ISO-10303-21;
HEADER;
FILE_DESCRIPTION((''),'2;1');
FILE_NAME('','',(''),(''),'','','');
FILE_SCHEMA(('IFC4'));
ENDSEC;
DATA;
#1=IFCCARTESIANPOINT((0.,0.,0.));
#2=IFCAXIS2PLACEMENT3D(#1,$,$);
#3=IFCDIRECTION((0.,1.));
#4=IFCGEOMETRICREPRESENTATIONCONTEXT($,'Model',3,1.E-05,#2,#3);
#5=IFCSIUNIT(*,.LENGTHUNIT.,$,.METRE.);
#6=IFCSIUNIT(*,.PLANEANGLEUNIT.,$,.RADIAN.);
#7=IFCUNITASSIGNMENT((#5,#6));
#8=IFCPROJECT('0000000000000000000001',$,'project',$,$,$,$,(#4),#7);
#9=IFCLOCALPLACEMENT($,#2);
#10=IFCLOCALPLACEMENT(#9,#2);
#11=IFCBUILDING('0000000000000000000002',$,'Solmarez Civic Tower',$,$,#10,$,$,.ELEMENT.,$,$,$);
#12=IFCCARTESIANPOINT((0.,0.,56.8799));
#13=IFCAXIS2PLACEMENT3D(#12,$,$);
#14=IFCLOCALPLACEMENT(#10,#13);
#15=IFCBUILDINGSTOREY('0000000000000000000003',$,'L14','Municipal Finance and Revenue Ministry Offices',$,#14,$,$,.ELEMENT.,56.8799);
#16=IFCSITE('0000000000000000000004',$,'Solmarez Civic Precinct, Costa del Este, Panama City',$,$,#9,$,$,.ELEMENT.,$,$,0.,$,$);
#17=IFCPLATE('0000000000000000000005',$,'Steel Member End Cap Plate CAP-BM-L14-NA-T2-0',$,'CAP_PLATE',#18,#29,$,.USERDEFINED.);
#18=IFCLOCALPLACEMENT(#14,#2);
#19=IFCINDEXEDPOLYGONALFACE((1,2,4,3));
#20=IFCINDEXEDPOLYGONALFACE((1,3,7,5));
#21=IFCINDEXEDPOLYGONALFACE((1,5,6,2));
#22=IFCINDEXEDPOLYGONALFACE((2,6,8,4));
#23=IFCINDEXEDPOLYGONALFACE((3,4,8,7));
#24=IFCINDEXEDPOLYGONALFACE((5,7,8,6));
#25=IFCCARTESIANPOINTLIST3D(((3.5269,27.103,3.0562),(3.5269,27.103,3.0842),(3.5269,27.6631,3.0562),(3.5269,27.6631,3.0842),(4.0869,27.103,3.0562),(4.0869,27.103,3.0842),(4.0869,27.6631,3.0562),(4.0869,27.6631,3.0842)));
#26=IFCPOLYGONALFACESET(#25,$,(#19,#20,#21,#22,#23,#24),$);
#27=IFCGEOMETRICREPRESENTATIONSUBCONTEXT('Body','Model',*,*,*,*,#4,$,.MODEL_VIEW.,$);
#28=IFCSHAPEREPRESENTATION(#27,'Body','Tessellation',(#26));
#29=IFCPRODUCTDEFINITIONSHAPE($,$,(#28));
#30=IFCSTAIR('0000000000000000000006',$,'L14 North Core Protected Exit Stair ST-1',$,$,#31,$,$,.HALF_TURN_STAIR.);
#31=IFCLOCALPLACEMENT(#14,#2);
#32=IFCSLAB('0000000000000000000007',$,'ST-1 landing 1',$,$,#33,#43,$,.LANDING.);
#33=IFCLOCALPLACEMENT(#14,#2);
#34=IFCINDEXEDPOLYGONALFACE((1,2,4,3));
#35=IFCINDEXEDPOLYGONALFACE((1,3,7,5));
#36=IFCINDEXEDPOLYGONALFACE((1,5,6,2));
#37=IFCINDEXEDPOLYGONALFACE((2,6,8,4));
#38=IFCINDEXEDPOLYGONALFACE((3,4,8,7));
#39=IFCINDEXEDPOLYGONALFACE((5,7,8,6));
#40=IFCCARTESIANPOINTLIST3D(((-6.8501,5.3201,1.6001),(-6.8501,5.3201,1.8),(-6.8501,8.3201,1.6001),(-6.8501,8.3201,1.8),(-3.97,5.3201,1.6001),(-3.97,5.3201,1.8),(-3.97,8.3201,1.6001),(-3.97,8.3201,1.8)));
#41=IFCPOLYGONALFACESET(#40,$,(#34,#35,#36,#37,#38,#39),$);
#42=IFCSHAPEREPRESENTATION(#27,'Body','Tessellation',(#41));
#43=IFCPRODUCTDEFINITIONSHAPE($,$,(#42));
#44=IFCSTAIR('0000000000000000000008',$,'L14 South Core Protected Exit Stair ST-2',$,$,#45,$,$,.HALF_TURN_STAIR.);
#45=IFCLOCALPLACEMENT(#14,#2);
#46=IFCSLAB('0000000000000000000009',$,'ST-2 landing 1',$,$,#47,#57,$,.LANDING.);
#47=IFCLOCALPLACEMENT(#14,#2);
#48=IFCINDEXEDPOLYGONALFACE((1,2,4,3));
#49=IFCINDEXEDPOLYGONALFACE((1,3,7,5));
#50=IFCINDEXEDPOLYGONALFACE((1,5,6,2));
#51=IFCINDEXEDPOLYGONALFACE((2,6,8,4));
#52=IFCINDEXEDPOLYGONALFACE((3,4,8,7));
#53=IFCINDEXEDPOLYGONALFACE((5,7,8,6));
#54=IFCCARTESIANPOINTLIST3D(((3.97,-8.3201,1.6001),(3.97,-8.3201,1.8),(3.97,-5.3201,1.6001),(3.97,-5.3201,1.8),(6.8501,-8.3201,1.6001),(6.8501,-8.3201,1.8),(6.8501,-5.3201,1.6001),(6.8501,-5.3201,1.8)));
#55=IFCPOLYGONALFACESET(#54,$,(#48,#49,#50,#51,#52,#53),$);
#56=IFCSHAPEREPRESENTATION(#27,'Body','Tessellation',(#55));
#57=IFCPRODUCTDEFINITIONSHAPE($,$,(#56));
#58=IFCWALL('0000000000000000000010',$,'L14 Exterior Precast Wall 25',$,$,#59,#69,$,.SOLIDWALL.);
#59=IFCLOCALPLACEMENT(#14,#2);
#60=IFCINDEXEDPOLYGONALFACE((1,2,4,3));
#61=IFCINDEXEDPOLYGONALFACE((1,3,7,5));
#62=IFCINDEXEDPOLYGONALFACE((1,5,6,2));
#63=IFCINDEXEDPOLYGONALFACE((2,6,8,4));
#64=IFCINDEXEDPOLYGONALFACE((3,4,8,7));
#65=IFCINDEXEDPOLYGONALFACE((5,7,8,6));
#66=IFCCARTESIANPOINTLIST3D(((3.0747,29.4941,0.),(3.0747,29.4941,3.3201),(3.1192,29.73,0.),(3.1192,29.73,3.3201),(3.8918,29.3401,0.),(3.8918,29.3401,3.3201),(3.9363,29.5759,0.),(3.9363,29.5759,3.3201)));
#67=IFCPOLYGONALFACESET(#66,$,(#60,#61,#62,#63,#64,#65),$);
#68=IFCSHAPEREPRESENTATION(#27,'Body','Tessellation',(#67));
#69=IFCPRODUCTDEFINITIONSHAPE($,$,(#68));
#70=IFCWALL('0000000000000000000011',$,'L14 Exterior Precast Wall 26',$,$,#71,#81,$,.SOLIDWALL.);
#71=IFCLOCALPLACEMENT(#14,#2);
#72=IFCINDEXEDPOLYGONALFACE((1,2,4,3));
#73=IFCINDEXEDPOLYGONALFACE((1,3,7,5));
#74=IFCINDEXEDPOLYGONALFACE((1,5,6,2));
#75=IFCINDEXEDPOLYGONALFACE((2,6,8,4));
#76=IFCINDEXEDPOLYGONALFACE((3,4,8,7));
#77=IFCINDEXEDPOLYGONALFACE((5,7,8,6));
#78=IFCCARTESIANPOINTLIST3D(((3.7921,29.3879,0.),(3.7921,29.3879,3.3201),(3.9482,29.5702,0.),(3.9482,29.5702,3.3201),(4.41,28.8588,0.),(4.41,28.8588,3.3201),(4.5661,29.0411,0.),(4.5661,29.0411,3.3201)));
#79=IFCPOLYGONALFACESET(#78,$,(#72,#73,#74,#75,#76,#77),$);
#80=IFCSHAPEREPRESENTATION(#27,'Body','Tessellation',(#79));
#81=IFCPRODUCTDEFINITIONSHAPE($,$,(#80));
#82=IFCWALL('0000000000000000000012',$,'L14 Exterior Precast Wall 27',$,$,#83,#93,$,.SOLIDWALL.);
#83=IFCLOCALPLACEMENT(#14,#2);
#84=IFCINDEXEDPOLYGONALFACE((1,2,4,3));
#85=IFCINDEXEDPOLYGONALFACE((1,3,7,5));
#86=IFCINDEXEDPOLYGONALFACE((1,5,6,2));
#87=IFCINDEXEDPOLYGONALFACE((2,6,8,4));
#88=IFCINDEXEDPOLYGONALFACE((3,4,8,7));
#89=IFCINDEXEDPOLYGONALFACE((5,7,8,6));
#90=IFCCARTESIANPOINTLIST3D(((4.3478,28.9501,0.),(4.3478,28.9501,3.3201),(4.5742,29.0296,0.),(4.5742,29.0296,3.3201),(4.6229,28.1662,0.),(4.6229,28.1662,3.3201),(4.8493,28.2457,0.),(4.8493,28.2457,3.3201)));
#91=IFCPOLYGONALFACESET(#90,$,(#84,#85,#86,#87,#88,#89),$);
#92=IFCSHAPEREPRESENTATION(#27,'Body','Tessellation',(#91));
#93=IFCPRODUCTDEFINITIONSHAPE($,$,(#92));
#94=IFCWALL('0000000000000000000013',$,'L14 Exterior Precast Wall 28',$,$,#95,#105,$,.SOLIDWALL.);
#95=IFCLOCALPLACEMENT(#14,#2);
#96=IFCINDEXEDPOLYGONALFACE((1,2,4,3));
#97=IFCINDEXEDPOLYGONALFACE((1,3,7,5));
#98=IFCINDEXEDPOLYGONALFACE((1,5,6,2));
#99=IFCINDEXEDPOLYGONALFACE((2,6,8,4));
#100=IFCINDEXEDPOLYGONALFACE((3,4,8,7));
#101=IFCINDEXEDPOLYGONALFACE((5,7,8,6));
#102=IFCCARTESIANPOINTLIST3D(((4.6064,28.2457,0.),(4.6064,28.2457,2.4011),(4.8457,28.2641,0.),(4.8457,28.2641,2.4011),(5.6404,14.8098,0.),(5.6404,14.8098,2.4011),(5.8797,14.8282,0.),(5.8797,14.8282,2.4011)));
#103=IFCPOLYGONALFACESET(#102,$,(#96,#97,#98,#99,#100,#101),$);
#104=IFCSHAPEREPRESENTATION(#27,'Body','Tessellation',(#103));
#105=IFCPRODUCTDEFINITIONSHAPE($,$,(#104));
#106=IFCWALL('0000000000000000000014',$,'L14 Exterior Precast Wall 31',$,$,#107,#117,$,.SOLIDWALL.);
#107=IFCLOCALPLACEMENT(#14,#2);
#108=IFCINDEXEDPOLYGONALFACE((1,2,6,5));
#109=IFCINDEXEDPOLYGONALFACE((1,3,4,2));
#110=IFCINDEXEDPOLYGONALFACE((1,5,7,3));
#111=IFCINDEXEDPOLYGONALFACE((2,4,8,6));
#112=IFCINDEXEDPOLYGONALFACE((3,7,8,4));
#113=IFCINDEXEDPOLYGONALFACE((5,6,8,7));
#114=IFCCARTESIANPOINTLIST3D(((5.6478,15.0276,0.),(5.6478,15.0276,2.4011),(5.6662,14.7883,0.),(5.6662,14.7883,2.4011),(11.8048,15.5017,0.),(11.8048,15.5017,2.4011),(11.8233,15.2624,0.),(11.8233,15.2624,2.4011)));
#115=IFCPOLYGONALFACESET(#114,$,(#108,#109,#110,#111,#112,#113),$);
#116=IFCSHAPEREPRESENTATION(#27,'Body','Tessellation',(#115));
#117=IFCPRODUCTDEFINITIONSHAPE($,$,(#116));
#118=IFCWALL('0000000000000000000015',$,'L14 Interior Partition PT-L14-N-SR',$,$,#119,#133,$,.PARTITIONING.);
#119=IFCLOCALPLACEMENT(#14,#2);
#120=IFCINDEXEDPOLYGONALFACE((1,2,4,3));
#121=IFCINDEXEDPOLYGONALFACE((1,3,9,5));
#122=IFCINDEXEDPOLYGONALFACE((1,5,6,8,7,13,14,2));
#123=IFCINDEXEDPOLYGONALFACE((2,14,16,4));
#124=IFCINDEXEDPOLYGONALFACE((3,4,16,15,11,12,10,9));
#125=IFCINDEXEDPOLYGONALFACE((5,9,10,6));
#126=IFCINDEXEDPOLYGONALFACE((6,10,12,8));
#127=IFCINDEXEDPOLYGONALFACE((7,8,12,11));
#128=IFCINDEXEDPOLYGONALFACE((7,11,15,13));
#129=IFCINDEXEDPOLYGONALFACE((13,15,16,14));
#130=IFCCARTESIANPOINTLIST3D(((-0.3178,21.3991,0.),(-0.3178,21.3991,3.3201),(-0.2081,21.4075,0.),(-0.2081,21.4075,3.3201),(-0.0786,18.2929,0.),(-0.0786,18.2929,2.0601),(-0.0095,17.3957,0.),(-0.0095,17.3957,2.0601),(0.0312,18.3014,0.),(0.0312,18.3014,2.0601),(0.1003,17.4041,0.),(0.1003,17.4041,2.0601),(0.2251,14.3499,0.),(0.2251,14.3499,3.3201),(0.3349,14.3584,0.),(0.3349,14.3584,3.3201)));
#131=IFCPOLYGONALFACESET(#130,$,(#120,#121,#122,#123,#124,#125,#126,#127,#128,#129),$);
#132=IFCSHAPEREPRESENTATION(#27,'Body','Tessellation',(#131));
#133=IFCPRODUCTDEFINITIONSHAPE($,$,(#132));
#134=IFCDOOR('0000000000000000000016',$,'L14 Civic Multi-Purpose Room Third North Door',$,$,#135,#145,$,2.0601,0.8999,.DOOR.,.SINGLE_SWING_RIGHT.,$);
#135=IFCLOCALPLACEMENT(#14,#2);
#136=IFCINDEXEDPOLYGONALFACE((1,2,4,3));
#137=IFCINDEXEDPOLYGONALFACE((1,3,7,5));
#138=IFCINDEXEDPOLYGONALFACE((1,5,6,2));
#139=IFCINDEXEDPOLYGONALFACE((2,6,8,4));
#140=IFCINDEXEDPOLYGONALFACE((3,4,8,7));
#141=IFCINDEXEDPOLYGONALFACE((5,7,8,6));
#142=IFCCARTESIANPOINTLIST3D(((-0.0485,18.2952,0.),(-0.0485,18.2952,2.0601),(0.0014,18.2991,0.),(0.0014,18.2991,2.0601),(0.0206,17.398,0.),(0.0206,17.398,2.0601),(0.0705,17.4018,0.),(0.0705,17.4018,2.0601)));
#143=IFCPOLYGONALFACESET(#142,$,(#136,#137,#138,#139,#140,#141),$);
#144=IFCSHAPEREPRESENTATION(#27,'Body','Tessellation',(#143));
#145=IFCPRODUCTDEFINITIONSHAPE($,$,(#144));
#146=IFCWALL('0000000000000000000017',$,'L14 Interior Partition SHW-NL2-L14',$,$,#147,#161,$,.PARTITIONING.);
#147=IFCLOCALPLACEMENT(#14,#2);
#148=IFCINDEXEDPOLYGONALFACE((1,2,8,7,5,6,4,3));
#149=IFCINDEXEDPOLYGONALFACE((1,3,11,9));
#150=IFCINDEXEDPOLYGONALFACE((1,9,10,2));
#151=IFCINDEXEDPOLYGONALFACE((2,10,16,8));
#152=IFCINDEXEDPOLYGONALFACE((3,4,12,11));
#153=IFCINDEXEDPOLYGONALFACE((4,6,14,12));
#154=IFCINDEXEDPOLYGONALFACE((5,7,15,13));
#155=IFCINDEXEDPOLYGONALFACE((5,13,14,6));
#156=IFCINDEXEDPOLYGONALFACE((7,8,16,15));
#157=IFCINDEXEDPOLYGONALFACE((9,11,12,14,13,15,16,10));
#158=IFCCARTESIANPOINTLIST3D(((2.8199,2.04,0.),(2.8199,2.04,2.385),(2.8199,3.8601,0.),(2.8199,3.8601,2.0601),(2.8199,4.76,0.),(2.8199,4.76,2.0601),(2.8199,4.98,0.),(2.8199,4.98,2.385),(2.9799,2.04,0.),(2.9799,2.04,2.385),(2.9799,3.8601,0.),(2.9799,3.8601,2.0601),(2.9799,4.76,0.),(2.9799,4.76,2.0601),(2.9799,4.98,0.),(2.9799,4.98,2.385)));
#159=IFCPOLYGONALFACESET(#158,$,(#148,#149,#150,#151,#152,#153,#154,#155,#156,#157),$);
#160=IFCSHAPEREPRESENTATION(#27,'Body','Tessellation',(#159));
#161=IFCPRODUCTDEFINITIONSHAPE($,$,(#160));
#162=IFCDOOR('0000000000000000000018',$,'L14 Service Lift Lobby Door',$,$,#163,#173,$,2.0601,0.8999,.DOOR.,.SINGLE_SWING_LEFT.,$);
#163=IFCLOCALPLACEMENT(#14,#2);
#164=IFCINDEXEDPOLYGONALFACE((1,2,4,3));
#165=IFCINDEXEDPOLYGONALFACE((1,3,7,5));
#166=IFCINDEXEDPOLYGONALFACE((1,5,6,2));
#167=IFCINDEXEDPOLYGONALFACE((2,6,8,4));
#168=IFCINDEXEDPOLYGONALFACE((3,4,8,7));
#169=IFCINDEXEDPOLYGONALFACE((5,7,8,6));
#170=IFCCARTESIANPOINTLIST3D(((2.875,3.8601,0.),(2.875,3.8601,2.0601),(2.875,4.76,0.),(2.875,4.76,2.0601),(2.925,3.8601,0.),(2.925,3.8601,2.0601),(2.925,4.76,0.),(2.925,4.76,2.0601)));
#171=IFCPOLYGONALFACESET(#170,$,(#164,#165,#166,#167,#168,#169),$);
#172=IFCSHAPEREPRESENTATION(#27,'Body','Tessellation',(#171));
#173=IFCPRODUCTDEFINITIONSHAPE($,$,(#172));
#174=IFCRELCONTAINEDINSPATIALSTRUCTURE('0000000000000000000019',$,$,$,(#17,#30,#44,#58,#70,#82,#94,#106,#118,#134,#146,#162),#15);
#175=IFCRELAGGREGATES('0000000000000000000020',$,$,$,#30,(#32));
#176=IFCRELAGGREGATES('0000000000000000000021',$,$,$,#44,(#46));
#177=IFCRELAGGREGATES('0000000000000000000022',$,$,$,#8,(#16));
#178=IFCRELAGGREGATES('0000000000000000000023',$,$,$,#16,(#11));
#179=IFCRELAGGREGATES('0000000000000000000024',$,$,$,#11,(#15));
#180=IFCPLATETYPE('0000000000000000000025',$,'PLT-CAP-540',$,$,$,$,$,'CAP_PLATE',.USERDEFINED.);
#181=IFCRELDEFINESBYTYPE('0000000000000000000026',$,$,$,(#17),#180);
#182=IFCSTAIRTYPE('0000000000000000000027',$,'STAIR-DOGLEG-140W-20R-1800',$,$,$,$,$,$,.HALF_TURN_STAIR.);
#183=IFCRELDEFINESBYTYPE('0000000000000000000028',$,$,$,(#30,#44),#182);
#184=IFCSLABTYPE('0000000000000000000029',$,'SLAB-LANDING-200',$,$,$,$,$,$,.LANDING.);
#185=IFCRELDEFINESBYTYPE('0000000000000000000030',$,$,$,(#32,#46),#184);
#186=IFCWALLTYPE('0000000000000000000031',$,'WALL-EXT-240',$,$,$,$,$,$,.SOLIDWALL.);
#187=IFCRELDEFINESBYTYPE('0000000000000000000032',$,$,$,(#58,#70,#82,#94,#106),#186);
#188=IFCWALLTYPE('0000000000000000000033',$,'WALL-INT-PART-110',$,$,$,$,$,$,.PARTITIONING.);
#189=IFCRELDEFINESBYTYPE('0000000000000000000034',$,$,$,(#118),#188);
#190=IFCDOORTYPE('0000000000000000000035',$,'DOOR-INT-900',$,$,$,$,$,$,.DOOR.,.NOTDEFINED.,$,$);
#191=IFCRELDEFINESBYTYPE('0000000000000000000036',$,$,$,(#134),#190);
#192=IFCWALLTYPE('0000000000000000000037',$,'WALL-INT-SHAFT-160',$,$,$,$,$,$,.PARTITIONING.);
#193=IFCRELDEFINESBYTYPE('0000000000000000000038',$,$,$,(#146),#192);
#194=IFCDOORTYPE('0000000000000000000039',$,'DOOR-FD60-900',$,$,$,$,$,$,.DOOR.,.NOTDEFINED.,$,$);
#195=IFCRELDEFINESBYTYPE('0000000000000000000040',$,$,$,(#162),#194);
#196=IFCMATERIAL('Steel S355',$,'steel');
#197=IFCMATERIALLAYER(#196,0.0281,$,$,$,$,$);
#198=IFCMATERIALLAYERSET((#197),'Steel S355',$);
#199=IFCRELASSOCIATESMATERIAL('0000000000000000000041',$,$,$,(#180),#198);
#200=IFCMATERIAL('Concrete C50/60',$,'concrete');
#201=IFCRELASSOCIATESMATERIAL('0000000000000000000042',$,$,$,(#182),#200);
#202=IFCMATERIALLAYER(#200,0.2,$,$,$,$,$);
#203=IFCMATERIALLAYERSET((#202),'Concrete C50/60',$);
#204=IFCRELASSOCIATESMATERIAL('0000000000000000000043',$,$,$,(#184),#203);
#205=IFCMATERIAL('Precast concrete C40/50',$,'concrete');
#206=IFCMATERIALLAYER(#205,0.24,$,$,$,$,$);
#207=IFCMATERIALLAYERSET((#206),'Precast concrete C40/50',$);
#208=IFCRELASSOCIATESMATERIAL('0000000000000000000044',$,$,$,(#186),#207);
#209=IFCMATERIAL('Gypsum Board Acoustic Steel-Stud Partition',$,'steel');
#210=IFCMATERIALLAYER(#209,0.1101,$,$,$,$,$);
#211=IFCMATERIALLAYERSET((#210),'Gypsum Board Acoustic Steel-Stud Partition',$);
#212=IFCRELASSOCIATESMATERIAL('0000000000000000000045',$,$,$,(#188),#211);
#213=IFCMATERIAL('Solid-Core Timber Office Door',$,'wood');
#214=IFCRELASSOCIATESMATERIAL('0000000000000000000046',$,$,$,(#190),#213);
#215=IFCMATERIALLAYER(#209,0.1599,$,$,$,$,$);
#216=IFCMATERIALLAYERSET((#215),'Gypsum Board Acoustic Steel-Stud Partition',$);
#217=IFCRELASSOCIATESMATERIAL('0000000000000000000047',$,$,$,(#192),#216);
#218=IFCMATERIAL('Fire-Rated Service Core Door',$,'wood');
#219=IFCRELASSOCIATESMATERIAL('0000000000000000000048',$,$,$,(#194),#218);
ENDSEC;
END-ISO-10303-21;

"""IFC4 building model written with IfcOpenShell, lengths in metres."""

from ifc_helpers import new_model, si_unit, direction, frame, frame_2d, origin, origin_2d, place, context, subcontext, project, spatial, polyline, rectangle, outline, extrude, material, layer, layer_set, type_object, element, fill, aggregate, save


model = new_model("IFC4")

# Units and contexts
model_context = context("Model", 3, precision=1e-05, world=origin(), true_north=direction((0.0, 1.0)))
body_context = subcontext(model_context, "Body", "Model", "MODEL_VIEW")
ifc_project = project(units=[si_unit("LENGTHUNIT", "METRE"), si_unit("PLANEANGLEUNIT", "RADIAN")], contexts=[model_context])

# Site, building, storey
site_placement = place(None, origin())
site = spatial("IfcSite", under=ifc_project, at=site_placement, Name="Solmarez Civic Precinct, Costa del Este, Panama City", CompositionType="ELEMENT", RefElevation=0.0)
building_placement = place(site_placement, origin())
building = spatial("IfcBuilding", under=site, at=building_placement, Name="Solmarez Civic Tower", CompositionType="ELEMENT")
storey_placement = place(building_placement, frame((0.0, 0.0, 56.8799)))
storey = spatial("IfcBuildingStorey", under=building, at=storey_placement, Name="L14", Description="Municipal Finance and Revenue Ministry Offices", CompositionType="ELEMENT", Elevation=56.8799)

# Shared definitions
ifc_material_1 = material(Name="Steel S355", Category="steel")

# Plate
ifc_layer_1 = layer(ifc_material_1, 0.0281)
ifc_layer_set_1 = layer_set([ifc_layer_1], Name="Steel S355")
plate_type_1 = type_object("IfcPlateType", Name="PLT-CAP-540", ElementType="CAP_PLATE", PredefinedType="USERDEFINED", material=ifc_layer_set_1)
plate_placement = place(storey_placement, frame((3.8069, 27.3831, 3.0562), z_axis=(0.0, 0.0, 1.0), x_axis=(1.0, 0.0, 0.0)))
element("IfcPlate", 1, at=plate_placement, inside=storey, type_object=plate_type_1, Name="Steel Member End Cap Plate CAP-BM-L14-NA-T2-0", ObjectType="CAP_PLATE", PredefinedType="USERDEFINED", context=body_context, shape_type="SweptSolid", body=[
    extrude(rectangle(XDim=0.5601, YDim=0.5601, at=origin_2d()), origin(), (0.0, 0.0, 1.0), 0.0281),
])

# Stairs, slabs
ifc_material_2 = material(Name="Concrete C50/60", Category="concrete")
stair_type = type_object("IfcStairType", Name="STAIR-DOGLEG-140W-20R-1800", PredefinedType="HALF_TURN_STAIR", material=ifc_material_2)
stair_1_placement = place(storey_placement, origin())
stair_1 = element("IfcStair", 2, at=stair_1_placement, inside=storey, type_object=stair_type, Name="L14 North Core Protected Exit Stair ST-1", PredefinedType="HALF_TURN_STAIR")
ifc_layer_2 = layer(ifc_material_2, 0.2)
ifc_layer_set_2 = layer_set([ifc_layer_2], Name="Concrete C50/60")
slab_type = type_object("IfcSlabType", Name="SLAB-LANDING-200", PredefinedType="LANDING", material=ifc_layer_set_2)
slab_1_placement = place(storey_placement, frame((0.0, 0.0, 1.6001)))
slab_1 = element("IfcSlab", 3, at=slab_1_placement, type_object=slab_type, Name="ST-1 landing 1", PredefinedType="LANDING", context=body_context, shape_type="SweptSolid", body=[
    extrude(outline(polyline([(-3.97, 8.3201), (-6.8501, 8.3201), (-6.8501, 5.3201), (-3.97, 5.3201), (-3.97, 8.3201)])), origin(), (0.0, 0.0, 1.0), 0.2),
])
aggregate(stair_1, [slab_1])
stair_2_placement = place(storey_placement, origin())
stair_2 = element("IfcStair", 4, at=stair_2_placement, inside=storey, type_object=stair_type, Name="L14 South Core Protected Exit Stair ST-2", PredefinedType="HALF_TURN_STAIR")
slab_2_placement = place(storey_placement, frame((0.0, 0.0, 1.6001)))
slab_2 = element("IfcSlab", 5, at=slab_2_placement, type_object=slab_type, Name="ST-2 landing 1", PredefinedType="LANDING", context=body_context, shape_type="SweptSolid", body=[
    extrude(outline(polyline([(3.97, -8.3201), (6.8501, -8.3201), (6.8501, -5.3201), (3.97, -5.3201), (3.97, -8.3201)])), origin(), (0.0, 0.0, 1.0), 0.2),
])
aggregate(stair_2, [slab_2])

# Walls
ifc_material_3 = material(Name="Precast concrete C40/50", Category="concrete")
ifc_layer_3 = layer(ifc_material_3, 0.24)
ifc_layer_set_3 = layer_set([ifc_layer_3], Name="Precast concrete C40/50")
wall_type_1 = type_object("IfcWallType", Name="WALL-EXT-240", PredefinedType="SOLIDWALL", material=ifc_layer_set_3)
wall_1_placement = place(storey_placement, frame((3.0969, 29.6121, 0.0), z_axis=(0.0, 0.0, 1.0), x_axis=(0.982689, -0.185263, 0.0)))
element("IfcWall", 6, at=wall_1_placement, inside=storey, type_object=wall_type_1, Name="L14 Exterior Precast Wall 25", PredefinedType="SOLIDWALL", context=body_context, shape_type="SweptSolid", body=[
    extrude(rectangle(XDim=0.8315, YDim=0.24, at=frame_2d((0.4158, 0.0))), origin(), (0.0, 0.0, 1.0), 3.3201),
])
wall_2_placement = place(storey_placement, frame((3.8701, 29.479, 0.0), z_axis=(0.0, 0.0, 1.0), x_axis=(0.759617, -0.650371, 0.0)))
element("IfcWall", 7, at=wall_2_placement, inside=storey, type_object=wall_type_1, Name="L14 Exterior Precast Wall 26", PredefinedType="SOLIDWALL", context=body_context, shape_type="SweptSolid", body=[
    extrude(rectangle(XDim=0.8135, YDim=0.24, at=frame_2d((0.4067, 0.0))), origin(), (0.0, 0.0, 1.0), 3.3201),
])
wall_3_placement = place(storey_placement, frame((4.4609, 28.99, 0.0), z_axis=(0.0, 0.0, 1.0), x_axis=(0.331175, -0.943569, 0.0)))
element("IfcWall", 8, at=wall_3_placement, inside=storey, type_object=wall_type_1, Name="L14 Exterior Precast Wall 27", PredefinedType="SOLIDWALL", context=body_context, shape_type="SweptSolid", body=[
    extrude(rectangle(XDim=0.8308, YDim=0.24, at=frame_2d((0.4155, 0.0))), origin(), (0.0, 0.0, 1.0), 3.3201),
])
wall_4_placement = place(storey_placement, frame((4.7261, 28.2549, 0.0), z_axis=(0.0, 0.0, 1.0), x_axis=(0.076727, -0.997052, 0.0)))
element("IfcWall", 9, at=wall_4_placement, inside=storey, type_object=wall_type_1, Name="L14 Exterior Precast Wall 28", PredefinedType="SOLIDWALL", context=body_context, shape_type="SweptSolid", body=[
    extrude(rectangle(XDim=13.4756, YDim=0.24, at=frame_2d((6.7378, 0.0))), origin(), (0.0, 0.0, 1.0), 2.4011),
])
wall_5_placement = place(storey_placement, frame((5.657, 14.908, 0.0), z_axis=(0.0, 0.0, 1.0), x_axis=(0.997048, 0.076778, 0.0)))
element("IfcWall", 10, at=wall_5_placement, inside=storey, type_object=wall_type_1, Name="L14 Exterior Precast Wall 31", PredefinedType="SOLIDWALL", context=body_context, shape_type="SweptSolid", body=[
    extrude(rectangle(XDim=6.1753, YDim=0.24, at=frame_2d((3.0876, 0.0))), origin(), (0.0, 0.0, 1.0), 2.4011),
])

# Walls, openings, doors
ifc_material_4 = material(Name="Gypsum Board Acoustic Steel-Stud Partition", Category="steel")
ifc_layer_4 = layer(ifc_material_4, 0.1101)
ifc_layer_set_4 = layer_set([ifc_layer_4], Name="Gypsum Board Acoustic Steel-Stud Partition")
wall_type_2 = type_object("IfcWallType", Name="WALL-INT-PART-110", PredefinedType="PARTITIONING", material=ifc_layer_set_4)
wall_6_placement = place(storey_placement, frame((0.28, 14.354, 0.0), z_axis=(0.0, 0.0, 1.0), x_axis=(-0.076799, 0.997047, 0.0)))
wall_6 = element("IfcWall", 11, at=wall_6_placement, inside=storey, type_object=wall_type_2, Name="L14 Interior Partition PT-L14-N-SR", PredefinedType="PARTITIONING", context=body_context, shape_type="SweptSolid", body=[
    extrude(rectangle(XDim=7.0701, YDim=0.1101, at=frame_2d((3.5352, 0.0))), origin(), (0.0, 0.0, 1.0), 3.3201),
])
opening_1_placement = place(wall_6_placement, frame((3.0549, 0.0, 0.0)))
opening_1 = element("IfcOpeningElement", 12, at=opening_1_placement, cuts=wall_6, PredefinedType="OPENING", context=body_context, shape_type="SweptSolid", body=[
    extrude(rectangle(XDim=0.8999, YDim=2.0601, at=frame_2d((0.45, 1.03))), frame((0.0, 0.0649, 0.0), z_axis=(0.0, -1.0, 0.0), x_axis=(1.0, 0.0, 0.0)), (0.0, 0.0, 1.0), 0.1301),
])
ifc_material_5 = material(Name="Solid-Core Timber Office Door", Category="wood")
door_type_1 = type_object("IfcDoorType", Name="DOOR-INT-900", OperationType="NOTDEFINED", PredefinedType="DOOR", material=ifc_material_5)
door_1_placement = place(opening_1_placement, origin())
door_1 = element("IfcDoor", 13, at=door_1_placement, inside=storey, type_object=door_type_1, Name="L14 Civic Multi-Purpose Room Third North Door", OperationType="SINGLE_SWING_RIGHT", OverallHeight=2.0601, OverallWidth=0.8999, PredefinedType="DOOR", context=body_context, shape_type="SweptSolid", body=[
    extrude(rectangle(XDim=0.8999, YDim=2.0601, at=frame_2d((0.45, 1.03))), frame((0.0, 0.0249, 0.0), z_axis=(0.0, -1.0, 0.0), x_axis=(1.0, 0.0, 0.0)), (0.0, 0.0, 1.0), 0.05),
])
fill(opening_1, door_1)
ifc_layer_5 = layer(ifc_material_4, 0.1599)
ifc_layer_set_5 = layer_set([ifc_layer_5], Name="Gypsum Board Acoustic Steel-Stud Partition")
wall_type_3 = type_object("IfcWallType", Name="WALL-INT-SHAFT-160", PredefinedType="PARTITIONING", material=ifc_layer_set_5)
wall_7_placement = place(storey_placement, frame((2.8999, 2.04, 0.0), z_axis=(0.0, 0.0, 1.0), x_axis=(0.0, 1.0, 0.0)))
wall_7 = element("IfcWall", 14, at=wall_7_placement, inside=storey, type_object=wall_type_3, Name="L14 Interior Partition SHW-NL2-L14", PredefinedType="PARTITIONING", context=body_context, shape_type="SweptSolid", body=[
    extrude(rectangle(XDim=2.9399, YDim=0.1599, at=frame_2d((1.47, 0.0))), origin(), (0.0, 0.0, 1.0), 2.385),
])
opening_2_placement = place(wall_7_placement, frame((1.8201, 0.0, 0.0)))
opening_2 = element("IfcOpeningElement", 15, at=opening_2_placement, cuts=wall_7, PredefinedType="OPENING", context=body_context, shape_type="SweptSolid", body=[
    extrude(rectangle(XDim=0.8999, YDim=2.0601, at=frame_2d((0.45, 1.03))), frame((0.0, 0.0898, 0.0), z_axis=(0.0, -1.0, 0.0), x_axis=(1.0, 0.0, 0.0)), (0.0, 0.0, 1.0), 0.1799),
])
ifc_material_6 = material(Name="Fire-Rated Service Core Door", Category="wood")
door_type_2 = type_object("IfcDoorType", Name="DOOR-FD60-900", OperationType="NOTDEFINED", PredefinedType="DOOR", material=ifc_material_6)
door_2_placement = place(opening_2_placement, origin())
door_2 = element("IfcDoor", 16, at=door_2_placement, inside=storey, type_object=door_type_2, Name="L14 Service Lift Lobby Door", OperationType="SINGLE_SWING_LEFT", OverallHeight=2.0601, OverallWidth=0.8999, PredefinedType="DOOR", context=body_context, shape_type="SweptSolid", body=[
    extrude(rectangle(XDim=0.8999, YDim=2.0601, at=frame_2d((0.45, 1.03))), frame((0.0, 0.0249, 0.0), z_axis=(0.0, -1.0, 0.0), x_axis=(1.0, 0.0, 0.0)), (0.0, 0.0, 1.0), 0.05),
])
fill(opening_2, door_2)

save(model, "model.ifc")
